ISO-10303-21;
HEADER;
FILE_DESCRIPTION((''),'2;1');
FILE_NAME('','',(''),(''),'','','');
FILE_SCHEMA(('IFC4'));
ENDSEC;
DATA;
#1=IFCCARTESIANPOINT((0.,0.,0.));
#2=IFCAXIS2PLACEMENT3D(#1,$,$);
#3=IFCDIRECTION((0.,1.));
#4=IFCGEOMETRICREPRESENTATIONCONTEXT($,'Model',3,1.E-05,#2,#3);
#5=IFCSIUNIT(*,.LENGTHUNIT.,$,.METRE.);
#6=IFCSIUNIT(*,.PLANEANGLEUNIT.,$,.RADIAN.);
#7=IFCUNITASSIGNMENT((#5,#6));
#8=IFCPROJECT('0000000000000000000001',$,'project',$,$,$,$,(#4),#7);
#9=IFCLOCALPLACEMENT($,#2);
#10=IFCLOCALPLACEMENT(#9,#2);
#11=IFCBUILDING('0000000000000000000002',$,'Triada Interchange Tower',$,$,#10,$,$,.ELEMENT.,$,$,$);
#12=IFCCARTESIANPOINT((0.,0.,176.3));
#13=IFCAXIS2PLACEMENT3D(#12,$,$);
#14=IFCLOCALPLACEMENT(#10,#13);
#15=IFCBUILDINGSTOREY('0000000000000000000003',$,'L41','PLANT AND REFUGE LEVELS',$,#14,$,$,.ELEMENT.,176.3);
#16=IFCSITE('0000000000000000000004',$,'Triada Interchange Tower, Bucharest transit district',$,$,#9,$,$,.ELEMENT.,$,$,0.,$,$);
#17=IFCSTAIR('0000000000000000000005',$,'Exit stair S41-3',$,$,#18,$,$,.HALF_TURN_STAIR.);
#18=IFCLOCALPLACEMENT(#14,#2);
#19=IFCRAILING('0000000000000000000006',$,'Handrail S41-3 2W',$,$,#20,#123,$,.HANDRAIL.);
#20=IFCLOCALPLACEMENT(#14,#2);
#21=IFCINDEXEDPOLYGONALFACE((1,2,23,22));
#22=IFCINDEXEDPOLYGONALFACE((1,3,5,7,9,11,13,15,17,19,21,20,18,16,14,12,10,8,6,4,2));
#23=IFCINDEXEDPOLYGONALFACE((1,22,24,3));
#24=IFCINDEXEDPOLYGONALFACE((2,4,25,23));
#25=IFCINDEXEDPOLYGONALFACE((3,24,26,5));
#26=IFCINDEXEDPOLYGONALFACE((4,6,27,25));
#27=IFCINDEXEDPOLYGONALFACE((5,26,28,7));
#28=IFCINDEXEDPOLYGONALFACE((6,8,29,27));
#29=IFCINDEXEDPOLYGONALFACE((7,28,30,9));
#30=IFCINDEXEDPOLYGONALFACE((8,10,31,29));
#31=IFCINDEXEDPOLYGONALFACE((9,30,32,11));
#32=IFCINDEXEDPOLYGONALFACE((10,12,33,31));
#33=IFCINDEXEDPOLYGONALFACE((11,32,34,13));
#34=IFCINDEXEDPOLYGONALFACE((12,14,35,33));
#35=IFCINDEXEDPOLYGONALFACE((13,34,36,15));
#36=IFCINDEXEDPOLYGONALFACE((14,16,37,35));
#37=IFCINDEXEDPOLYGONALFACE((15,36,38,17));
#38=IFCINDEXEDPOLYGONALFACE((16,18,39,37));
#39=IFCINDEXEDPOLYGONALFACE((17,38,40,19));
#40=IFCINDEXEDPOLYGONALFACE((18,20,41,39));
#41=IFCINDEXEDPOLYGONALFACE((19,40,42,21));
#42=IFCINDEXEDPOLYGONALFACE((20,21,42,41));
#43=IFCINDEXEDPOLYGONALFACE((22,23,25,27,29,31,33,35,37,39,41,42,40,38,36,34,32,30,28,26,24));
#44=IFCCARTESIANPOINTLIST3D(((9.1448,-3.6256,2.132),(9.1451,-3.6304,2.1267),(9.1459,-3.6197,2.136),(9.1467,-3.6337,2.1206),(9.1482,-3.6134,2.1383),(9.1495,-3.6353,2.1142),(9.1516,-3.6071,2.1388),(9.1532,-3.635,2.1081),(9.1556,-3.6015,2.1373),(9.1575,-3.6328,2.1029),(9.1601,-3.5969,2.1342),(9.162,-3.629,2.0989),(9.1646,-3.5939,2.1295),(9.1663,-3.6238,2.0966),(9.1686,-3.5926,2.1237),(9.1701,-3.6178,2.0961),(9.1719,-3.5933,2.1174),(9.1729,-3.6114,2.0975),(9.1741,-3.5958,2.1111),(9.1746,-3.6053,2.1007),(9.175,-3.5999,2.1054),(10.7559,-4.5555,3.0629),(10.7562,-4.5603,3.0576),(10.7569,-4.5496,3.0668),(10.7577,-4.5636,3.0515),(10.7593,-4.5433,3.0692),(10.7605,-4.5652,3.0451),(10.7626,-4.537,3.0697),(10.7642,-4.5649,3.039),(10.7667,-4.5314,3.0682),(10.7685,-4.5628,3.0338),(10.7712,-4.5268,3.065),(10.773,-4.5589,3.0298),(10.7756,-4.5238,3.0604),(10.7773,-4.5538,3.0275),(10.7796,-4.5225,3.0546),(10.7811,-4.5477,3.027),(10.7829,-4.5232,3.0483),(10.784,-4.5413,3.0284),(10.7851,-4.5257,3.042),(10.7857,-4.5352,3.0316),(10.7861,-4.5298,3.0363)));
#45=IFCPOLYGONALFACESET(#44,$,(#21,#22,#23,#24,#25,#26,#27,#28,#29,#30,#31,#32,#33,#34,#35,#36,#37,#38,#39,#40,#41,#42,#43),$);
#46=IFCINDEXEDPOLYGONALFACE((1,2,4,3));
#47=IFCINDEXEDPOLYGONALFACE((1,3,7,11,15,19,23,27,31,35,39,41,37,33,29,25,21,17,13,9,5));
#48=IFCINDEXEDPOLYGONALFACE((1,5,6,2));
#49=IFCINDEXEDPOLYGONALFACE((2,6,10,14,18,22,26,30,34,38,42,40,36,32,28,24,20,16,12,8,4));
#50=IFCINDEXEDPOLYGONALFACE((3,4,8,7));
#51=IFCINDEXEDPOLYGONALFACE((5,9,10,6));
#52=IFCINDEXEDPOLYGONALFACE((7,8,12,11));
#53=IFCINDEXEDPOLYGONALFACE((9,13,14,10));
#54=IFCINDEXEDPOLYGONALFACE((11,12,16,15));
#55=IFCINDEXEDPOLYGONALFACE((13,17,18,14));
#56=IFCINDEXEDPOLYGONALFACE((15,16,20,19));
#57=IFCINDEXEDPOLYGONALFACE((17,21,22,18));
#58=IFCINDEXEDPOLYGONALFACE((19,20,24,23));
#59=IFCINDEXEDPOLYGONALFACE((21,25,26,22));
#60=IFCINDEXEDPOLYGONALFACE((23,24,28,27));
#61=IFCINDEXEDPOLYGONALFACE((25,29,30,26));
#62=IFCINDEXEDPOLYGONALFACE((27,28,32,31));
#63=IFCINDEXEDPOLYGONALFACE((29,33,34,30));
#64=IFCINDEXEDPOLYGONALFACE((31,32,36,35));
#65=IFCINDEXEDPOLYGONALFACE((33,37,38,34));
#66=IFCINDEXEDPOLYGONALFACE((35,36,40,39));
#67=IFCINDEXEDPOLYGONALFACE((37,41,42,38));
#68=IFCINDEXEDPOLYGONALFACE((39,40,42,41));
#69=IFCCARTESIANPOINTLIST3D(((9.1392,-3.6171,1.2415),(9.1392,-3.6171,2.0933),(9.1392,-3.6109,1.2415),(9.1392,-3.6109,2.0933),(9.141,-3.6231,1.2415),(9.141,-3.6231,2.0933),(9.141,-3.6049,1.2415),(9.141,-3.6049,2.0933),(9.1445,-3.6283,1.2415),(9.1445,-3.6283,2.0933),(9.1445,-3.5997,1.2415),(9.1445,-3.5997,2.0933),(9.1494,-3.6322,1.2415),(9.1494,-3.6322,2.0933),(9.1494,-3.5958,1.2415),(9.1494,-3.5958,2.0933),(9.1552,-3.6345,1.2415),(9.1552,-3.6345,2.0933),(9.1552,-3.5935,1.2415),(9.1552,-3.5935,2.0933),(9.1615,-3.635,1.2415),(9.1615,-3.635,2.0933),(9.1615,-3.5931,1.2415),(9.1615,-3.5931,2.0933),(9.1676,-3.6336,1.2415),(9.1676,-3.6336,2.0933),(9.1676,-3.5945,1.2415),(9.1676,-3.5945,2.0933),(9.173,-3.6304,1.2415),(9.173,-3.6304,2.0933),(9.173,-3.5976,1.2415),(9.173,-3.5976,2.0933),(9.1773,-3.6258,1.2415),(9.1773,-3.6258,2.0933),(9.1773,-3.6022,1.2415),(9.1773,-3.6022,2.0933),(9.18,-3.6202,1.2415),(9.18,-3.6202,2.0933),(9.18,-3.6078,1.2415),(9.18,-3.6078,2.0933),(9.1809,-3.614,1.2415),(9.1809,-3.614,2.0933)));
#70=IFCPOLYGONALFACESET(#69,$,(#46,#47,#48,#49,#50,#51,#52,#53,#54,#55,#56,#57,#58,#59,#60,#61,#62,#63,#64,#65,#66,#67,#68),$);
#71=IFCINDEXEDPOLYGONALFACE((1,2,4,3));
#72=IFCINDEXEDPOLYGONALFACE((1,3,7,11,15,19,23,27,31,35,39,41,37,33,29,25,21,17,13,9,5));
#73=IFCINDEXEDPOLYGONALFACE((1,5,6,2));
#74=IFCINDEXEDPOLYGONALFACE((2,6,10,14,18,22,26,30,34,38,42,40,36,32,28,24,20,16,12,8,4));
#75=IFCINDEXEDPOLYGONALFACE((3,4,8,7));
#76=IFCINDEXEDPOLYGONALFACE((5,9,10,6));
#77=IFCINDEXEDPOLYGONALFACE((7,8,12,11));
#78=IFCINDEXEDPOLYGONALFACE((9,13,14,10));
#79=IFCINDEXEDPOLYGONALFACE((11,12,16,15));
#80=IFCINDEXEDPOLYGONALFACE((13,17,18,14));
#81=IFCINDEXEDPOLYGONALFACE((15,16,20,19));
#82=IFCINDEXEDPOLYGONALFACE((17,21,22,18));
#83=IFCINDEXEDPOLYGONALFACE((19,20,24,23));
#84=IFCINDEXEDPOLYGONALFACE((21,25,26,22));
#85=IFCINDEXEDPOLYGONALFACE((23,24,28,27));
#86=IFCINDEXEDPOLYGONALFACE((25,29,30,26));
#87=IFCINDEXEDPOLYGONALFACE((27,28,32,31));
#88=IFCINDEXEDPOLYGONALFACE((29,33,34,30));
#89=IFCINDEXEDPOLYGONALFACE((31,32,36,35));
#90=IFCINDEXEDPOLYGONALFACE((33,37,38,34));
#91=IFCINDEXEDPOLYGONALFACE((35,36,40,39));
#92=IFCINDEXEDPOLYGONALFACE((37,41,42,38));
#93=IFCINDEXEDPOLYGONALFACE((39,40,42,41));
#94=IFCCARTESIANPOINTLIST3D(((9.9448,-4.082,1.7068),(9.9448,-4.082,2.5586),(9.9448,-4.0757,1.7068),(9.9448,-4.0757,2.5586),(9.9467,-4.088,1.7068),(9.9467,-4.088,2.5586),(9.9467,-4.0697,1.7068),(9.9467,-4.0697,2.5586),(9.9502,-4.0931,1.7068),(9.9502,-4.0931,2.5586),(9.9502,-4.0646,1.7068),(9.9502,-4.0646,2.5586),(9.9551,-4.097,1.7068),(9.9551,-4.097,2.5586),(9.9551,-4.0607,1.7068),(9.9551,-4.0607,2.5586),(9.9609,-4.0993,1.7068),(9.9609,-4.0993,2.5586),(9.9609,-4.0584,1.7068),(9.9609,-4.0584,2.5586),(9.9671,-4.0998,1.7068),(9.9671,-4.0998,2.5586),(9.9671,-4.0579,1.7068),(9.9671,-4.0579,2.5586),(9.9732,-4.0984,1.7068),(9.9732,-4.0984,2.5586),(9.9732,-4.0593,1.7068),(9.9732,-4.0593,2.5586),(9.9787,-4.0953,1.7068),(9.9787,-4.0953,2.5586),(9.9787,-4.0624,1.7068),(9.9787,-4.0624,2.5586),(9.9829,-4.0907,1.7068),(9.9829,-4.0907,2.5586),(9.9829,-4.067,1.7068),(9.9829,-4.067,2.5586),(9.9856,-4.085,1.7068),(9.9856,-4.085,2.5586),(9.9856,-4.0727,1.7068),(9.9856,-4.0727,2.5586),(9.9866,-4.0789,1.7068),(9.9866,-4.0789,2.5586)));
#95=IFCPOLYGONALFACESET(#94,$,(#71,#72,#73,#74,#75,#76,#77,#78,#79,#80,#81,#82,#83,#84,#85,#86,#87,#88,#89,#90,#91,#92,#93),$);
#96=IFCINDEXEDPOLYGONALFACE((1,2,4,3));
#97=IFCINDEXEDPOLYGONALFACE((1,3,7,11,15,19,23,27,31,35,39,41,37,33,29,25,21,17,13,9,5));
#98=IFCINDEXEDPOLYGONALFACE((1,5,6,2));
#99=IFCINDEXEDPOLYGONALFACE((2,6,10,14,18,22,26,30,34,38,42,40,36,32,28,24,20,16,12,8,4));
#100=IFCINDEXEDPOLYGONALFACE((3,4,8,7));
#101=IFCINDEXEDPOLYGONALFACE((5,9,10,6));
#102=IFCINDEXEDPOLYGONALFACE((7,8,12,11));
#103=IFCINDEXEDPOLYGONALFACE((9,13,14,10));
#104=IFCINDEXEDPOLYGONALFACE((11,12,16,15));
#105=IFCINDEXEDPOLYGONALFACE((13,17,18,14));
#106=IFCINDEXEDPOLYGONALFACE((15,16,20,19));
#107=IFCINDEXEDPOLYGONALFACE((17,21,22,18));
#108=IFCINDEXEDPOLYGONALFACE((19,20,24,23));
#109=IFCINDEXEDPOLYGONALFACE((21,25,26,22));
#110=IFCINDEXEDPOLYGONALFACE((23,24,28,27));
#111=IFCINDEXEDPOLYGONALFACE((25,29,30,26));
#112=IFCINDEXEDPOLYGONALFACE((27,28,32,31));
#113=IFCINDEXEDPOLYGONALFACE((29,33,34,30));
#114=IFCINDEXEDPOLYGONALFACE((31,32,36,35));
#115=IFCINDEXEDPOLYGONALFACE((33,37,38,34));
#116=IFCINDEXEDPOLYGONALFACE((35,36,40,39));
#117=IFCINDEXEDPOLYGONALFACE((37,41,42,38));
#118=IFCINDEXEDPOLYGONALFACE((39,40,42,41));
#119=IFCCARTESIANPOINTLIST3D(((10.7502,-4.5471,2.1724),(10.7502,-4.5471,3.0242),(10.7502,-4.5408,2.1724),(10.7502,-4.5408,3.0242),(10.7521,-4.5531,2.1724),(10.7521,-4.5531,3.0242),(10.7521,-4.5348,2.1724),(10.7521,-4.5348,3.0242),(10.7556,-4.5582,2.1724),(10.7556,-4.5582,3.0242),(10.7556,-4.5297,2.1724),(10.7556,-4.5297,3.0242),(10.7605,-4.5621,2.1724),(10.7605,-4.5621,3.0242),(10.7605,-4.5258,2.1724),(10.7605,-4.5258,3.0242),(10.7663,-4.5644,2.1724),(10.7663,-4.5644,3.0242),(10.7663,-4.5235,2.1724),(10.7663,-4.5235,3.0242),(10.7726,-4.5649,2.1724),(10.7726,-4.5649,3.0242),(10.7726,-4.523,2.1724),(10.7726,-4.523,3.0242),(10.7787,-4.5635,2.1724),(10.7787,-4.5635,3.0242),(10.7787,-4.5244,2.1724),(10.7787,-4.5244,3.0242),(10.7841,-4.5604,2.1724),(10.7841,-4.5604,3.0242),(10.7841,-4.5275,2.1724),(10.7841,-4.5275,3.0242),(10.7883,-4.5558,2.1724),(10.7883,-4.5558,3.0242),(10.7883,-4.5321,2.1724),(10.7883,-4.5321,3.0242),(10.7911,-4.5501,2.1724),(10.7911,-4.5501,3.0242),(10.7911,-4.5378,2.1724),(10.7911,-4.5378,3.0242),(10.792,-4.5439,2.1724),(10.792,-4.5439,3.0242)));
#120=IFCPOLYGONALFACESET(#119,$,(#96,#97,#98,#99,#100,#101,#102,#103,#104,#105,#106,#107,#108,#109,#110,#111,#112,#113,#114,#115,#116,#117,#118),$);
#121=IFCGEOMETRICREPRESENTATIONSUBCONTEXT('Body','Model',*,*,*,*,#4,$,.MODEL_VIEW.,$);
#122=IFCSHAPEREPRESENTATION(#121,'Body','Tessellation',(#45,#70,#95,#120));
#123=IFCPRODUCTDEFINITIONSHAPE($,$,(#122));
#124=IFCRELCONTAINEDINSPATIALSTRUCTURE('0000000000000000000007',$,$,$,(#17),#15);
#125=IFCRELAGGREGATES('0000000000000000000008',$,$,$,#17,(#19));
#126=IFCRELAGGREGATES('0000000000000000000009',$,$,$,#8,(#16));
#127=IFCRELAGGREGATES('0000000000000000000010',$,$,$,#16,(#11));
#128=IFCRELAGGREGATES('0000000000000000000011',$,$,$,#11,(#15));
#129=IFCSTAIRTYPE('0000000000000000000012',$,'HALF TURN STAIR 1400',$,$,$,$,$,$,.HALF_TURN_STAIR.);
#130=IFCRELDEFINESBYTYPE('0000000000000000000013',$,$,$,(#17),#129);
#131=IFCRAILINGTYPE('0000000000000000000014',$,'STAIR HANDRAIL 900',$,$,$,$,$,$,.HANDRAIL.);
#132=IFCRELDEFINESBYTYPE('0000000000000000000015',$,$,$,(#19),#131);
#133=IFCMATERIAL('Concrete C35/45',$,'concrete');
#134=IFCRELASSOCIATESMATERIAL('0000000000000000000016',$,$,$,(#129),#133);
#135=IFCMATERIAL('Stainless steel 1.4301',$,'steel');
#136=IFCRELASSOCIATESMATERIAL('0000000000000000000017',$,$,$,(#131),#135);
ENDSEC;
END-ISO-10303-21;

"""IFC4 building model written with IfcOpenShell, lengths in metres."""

from ifc_helpers import new_model, si_unit, direction, frame, origin, origin_2d, place, context, subcontext, project, spatial, circle, extrude, material, type_object, element, aggregate, save


model = new_model("IFC4")

# Units and contexts
model_context = context("Model", 3, precision=1e-05, world=origin(), true_north=direction((0.0, 1.0)))
body_context = subcontext(model_context, "Body", "Model", "MODEL_VIEW")
ifc_project = project(units=[si_unit("LENGTHUNIT", "METRE"), si_unit("PLANEANGLEUNIT", "RADIAN")], contexts=[model_context])

# Site, building, storey
site_placement = place(None, origin())
site = spatial("IfcSite", under=ifc_project, at=site_placement, Name="Triada Interchange Tower, Bucharest transit district", CompositionType="ELEMENT", RefElevation=0.0)
building_placement = place(site_placement, origin())
building = spatial("IfcBuilding", under=site, at=building_placement, Name="Triada Interchange Tower", CompositionType="ELEMENT")
storey_placement = place(building_placement, frame((0.0, 0.0, 176.3)))
storey = spatial("IfcBuildingStorey", under=building, at=storey_placement, Name="L41", Description="PLANT AND REFUGE LEVELS", CompositionType="ELEMENT", Elevation=176.3)

# Shared definitions
ifc_material_1 = material(Name="Concrete C35/45", Category="concrete")

# Stair, railing
stair_type = type_object("IfcStairType", Name="HALF TURN STAIR 1400", PredefinedType="HALF_TURN_STAIR", material=ifc_material_1)
stair_placement = place(storey_placement, origin())
stair = element("IfcStair", 1, at=stair_placement, inside=storey, type_object=stair_type, Name="Exit stair S41-3", PredefinedType="HALF_TURN_STAIR")
ifc_material_2 = material(Name="Stainless steel 1.4301", Category="steel")
railing_type_1 = type_object("IfcRailingType", Name="STAIR HANDRAIL 900", PredefinedType="HANDRAIL", material=ifc_material_2)
railing_1_placement = place(storey_placement, frame((9.1599, -3.614, 1.2415)))
railing_1 = element("IfcRailing", 2, at=railing_1_placement, type_object=railing_type_1, Name="Handrail S41-3 2W", PredefinedType="HANDRAIL", context=body_context, shape_type="SweptSolid", body=[
    extrude(circle(Radius=0.0239, at=origin_2d()), frame((0.0, 0.0, 0.876), z_axis=(0.77451, -0.447054, 0.447523), x_axis=(0.499908, 0.866079, 0.0)), (0.0, 0.0, 1.0), 2.0801),
    extrude(circle(Radius=0.021, at=origin_2d()), origin(), (0.0, 0.0, 1.0), 0.8518),
    extrude(circle(Radius=0.021, at=origin_2d()), frame((0.8057, -0.4648, 0.4653)), (0.0, 0.0, 1.0), 0.8518),
    extrude(circle(Radius=0.021, at=origin_2d()), frame((1.6111, -0.9299, 0.9309)), (0.0, 0.0, 1.0), 0.8518),
])
aggregate(stair, [railing_1])

save(model, "model.ifc")
